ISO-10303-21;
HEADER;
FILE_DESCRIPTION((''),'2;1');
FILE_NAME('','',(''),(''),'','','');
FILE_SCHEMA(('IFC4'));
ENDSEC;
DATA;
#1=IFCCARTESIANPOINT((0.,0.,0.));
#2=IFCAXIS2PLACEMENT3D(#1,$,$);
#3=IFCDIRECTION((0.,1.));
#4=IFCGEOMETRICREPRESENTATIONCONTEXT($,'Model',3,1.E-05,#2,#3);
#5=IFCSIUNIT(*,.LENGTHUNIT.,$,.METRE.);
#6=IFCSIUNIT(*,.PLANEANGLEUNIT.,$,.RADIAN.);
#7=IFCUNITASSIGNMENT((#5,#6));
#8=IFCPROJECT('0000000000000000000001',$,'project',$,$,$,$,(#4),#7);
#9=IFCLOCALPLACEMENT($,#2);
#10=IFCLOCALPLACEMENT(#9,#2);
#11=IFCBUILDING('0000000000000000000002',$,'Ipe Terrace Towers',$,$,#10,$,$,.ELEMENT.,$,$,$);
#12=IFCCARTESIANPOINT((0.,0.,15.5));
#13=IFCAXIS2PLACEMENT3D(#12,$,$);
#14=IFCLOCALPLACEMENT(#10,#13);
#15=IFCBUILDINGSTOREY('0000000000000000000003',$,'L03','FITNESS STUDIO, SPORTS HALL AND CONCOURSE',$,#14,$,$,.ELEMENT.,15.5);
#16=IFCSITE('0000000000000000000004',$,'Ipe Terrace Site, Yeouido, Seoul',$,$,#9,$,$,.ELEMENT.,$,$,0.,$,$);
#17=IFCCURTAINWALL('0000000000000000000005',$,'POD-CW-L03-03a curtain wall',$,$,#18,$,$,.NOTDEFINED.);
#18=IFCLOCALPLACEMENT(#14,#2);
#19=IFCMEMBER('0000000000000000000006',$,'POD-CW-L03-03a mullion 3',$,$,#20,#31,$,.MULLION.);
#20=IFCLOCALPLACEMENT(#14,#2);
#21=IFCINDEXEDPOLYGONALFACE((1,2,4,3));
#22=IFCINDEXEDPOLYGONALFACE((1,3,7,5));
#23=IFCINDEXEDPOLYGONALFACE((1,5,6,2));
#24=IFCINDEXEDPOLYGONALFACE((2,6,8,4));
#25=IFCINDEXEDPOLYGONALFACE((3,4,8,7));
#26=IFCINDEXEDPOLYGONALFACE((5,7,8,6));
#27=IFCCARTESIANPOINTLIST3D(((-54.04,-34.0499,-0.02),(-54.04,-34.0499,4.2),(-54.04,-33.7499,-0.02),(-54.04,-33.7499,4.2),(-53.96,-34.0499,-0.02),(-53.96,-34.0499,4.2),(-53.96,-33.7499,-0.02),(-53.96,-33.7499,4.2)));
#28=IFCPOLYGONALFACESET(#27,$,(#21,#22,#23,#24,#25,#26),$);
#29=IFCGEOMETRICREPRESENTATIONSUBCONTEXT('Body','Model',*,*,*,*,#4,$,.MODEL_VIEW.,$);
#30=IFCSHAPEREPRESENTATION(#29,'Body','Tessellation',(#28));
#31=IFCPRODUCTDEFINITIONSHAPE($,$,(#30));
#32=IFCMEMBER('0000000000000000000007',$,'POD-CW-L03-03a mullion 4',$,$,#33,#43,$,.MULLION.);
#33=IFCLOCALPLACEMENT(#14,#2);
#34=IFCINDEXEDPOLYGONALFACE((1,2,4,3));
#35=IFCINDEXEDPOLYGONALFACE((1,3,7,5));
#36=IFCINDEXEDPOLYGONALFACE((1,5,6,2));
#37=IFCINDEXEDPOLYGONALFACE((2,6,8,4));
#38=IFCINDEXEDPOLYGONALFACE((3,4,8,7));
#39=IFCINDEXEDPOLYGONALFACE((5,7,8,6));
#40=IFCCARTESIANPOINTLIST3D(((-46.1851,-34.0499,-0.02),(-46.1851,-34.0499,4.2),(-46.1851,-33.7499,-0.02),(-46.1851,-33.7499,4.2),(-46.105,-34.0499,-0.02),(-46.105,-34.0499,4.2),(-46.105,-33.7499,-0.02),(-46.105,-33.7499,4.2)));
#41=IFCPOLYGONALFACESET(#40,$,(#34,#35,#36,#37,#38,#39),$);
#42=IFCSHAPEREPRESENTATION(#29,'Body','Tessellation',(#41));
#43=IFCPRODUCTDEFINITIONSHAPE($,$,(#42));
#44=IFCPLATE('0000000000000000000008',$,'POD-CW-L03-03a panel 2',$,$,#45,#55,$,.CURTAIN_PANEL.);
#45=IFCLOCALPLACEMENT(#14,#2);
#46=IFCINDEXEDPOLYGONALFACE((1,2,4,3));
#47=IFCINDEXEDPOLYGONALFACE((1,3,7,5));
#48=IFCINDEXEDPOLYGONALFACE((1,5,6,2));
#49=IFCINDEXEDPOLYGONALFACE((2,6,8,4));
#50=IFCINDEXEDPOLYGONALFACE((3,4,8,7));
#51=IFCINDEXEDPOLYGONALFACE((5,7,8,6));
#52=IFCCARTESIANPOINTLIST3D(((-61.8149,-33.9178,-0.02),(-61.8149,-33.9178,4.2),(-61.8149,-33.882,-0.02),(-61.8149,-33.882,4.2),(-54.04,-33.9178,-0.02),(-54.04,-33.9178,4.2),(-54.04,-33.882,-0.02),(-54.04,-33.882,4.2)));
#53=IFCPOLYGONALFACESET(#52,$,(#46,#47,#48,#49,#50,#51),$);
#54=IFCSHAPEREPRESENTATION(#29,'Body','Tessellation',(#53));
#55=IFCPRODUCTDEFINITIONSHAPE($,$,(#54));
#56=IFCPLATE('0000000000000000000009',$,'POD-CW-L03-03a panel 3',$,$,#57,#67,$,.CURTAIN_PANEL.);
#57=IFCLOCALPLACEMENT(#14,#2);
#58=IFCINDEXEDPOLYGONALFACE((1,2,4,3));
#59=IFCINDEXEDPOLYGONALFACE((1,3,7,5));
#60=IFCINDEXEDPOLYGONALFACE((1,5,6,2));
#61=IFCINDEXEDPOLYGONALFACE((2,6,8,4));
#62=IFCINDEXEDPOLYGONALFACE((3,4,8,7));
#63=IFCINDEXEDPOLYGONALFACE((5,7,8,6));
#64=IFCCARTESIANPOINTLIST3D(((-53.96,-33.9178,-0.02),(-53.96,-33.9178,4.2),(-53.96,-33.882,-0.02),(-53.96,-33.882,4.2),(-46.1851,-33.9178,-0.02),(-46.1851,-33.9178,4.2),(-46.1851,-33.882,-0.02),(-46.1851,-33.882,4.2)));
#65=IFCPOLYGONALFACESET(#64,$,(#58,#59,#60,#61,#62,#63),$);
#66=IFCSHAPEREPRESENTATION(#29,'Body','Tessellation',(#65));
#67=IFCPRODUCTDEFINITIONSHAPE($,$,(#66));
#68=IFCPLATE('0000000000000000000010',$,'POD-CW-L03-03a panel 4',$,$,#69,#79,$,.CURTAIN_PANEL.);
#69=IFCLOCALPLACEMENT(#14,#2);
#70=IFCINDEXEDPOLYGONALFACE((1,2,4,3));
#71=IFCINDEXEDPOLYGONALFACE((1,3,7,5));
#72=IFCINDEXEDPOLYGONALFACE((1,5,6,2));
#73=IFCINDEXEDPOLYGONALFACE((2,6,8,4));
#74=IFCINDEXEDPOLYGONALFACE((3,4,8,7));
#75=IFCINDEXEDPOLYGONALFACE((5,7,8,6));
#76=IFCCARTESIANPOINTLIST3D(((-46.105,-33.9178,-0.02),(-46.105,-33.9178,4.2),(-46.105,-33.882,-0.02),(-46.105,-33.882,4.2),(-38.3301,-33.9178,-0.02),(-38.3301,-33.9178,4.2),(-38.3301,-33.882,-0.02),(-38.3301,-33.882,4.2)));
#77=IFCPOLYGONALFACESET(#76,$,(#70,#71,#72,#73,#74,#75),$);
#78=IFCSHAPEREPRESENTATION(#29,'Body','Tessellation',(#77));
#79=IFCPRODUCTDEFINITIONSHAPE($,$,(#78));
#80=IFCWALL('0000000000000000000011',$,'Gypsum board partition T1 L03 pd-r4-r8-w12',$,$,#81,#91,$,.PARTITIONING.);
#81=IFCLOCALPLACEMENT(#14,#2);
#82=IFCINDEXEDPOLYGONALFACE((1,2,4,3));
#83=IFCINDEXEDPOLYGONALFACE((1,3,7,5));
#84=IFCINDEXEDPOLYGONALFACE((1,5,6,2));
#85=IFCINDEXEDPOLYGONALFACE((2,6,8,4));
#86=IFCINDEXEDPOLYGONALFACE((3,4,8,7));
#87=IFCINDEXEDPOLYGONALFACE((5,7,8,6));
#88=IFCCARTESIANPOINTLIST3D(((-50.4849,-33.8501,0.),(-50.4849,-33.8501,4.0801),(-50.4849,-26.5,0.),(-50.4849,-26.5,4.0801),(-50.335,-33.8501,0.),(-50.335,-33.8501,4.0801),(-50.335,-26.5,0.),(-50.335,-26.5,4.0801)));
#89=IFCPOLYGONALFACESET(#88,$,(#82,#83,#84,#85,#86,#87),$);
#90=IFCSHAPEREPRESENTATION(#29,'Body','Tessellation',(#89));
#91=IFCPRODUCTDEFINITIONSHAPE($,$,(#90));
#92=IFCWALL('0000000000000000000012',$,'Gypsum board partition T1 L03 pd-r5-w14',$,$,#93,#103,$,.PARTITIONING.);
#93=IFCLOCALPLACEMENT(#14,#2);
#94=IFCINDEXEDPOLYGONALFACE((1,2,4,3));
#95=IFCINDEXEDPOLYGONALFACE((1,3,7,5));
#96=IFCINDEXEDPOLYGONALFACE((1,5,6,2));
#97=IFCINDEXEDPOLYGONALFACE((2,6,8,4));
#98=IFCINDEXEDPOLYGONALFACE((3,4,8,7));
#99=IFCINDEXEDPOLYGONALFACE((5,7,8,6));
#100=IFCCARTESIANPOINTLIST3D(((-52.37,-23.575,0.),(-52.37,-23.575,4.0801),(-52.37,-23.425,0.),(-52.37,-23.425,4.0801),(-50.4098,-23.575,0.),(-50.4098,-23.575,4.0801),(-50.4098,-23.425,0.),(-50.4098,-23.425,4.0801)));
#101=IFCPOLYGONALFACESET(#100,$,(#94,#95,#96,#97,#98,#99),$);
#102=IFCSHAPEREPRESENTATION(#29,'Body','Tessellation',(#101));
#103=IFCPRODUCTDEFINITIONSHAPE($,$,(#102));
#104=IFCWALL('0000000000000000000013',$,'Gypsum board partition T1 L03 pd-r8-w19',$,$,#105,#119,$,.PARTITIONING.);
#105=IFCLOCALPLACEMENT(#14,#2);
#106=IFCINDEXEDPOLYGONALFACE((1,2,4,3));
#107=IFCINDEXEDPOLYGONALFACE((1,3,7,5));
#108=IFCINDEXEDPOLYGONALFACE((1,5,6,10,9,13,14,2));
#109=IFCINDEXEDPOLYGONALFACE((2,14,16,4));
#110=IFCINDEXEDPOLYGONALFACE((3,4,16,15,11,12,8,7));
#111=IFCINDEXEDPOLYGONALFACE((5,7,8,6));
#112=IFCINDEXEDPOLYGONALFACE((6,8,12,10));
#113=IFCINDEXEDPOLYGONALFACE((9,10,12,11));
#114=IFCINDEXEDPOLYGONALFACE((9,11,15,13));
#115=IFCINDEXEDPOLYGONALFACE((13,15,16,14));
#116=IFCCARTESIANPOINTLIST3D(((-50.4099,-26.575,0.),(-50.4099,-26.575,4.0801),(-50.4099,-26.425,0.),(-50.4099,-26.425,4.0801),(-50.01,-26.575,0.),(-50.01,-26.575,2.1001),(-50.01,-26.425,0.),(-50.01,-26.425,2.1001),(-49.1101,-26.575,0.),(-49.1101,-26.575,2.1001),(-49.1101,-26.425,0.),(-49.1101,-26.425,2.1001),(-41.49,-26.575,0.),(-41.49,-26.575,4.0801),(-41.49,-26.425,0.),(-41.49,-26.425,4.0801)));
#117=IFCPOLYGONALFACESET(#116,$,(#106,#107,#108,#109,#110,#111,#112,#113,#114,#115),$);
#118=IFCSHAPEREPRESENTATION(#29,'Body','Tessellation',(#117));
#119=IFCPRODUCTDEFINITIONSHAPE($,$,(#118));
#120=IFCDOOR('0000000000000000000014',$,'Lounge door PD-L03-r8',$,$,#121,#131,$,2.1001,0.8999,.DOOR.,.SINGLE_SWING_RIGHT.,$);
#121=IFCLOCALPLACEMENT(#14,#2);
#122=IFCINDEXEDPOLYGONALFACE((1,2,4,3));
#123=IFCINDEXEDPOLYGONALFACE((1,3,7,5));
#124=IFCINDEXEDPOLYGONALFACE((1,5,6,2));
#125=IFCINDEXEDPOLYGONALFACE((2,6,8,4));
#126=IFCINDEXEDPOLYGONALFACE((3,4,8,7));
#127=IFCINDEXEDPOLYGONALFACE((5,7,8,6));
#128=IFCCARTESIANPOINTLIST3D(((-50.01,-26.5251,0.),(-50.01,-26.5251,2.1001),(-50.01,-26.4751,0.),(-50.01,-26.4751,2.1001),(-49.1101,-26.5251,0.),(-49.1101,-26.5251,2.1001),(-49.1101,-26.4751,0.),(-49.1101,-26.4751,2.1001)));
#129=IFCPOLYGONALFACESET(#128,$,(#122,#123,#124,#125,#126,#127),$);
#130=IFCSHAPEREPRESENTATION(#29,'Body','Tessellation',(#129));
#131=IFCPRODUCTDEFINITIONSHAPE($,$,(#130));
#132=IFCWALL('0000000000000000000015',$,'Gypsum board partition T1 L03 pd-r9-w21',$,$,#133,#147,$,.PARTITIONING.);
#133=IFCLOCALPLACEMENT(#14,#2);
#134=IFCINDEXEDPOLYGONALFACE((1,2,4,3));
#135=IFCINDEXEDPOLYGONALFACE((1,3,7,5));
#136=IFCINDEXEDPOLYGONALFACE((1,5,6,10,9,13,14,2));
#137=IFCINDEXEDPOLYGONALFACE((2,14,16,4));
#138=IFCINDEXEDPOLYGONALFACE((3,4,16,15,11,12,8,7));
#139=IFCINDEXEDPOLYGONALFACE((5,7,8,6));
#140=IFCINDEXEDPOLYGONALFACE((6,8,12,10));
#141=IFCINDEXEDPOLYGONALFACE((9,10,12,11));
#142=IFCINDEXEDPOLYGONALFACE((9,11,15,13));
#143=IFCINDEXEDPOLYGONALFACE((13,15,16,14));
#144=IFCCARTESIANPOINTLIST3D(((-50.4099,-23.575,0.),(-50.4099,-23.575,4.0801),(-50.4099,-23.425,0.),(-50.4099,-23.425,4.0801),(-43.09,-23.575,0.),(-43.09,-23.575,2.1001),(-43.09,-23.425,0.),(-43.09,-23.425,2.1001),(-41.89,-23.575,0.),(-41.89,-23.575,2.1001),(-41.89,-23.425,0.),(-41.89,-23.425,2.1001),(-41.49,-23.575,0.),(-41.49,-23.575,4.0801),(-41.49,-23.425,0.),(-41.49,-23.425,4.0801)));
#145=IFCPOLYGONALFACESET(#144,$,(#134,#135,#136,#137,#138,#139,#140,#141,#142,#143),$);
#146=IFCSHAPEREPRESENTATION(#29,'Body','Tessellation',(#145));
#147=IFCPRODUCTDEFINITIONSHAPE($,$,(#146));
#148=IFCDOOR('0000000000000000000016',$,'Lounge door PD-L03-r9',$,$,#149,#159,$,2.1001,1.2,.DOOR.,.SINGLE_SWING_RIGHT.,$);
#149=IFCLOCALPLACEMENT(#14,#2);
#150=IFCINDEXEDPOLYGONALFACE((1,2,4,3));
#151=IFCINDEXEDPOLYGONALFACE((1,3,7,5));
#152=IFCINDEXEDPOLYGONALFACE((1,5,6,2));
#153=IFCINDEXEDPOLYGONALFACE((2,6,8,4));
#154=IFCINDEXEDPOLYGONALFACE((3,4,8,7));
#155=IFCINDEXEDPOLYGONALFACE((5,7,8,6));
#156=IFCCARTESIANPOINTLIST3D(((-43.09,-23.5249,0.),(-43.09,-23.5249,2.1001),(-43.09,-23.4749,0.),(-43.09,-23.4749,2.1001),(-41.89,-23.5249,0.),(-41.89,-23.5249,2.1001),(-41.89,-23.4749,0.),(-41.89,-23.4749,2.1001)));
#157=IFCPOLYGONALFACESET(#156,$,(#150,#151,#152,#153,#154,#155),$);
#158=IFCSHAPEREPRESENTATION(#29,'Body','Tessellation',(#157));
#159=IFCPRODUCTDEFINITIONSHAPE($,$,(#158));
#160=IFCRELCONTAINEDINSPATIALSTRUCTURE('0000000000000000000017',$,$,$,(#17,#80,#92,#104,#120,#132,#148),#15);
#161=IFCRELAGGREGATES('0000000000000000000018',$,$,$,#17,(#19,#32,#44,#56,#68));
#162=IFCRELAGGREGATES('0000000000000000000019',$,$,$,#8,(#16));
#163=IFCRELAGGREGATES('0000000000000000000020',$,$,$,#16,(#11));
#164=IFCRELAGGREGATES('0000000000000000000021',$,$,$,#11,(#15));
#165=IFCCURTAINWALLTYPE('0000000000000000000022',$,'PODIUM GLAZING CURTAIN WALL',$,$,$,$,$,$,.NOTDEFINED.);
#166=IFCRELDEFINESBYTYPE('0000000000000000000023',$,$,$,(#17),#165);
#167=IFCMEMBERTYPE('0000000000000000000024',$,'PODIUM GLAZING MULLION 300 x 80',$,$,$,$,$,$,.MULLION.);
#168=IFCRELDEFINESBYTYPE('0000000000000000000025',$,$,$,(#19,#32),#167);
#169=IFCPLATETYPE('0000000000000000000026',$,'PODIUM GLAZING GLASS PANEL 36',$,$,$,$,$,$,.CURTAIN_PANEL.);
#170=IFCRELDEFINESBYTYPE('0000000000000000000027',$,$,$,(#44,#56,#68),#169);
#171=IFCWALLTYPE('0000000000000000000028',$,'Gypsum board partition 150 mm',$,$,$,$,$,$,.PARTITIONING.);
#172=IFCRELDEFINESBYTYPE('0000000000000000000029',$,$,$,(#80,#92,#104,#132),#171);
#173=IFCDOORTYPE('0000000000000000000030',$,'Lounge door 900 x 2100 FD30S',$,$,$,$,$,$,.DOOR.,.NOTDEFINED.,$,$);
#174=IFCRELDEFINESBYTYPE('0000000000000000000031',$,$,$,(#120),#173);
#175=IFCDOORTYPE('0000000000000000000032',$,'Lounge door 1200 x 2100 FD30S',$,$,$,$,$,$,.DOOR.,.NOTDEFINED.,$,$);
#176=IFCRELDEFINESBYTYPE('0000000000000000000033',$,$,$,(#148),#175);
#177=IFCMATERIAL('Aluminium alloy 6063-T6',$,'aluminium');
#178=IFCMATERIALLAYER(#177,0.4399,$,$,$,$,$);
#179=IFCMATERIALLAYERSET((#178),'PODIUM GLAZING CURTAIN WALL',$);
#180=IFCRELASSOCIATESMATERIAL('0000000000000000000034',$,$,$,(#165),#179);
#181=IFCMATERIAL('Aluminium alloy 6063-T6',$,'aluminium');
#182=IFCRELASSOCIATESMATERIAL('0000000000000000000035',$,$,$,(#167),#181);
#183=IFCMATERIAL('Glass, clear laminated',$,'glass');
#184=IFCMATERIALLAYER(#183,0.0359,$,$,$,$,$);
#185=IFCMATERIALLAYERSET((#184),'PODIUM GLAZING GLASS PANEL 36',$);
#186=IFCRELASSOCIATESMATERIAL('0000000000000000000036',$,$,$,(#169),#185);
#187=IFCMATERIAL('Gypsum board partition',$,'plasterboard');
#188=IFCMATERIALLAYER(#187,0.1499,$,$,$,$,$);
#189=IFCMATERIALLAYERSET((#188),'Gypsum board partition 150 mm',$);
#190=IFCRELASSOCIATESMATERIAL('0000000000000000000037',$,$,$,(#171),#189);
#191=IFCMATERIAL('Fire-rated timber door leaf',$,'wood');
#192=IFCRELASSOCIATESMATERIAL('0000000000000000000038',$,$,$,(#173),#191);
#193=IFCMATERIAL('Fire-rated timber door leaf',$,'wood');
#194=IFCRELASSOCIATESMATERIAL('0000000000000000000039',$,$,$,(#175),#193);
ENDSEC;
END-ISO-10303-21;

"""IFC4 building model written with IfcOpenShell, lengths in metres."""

from ifc_helpers import new_model, si_unit, direction, frame, frame_2d, origin, origin_2d, place, context, subcontext, project, spatial, rectangle, extrude, material, layer, layer_set, material_profile, profile_set, type_object, element, fill, aggregate, save


model = new_model("IFC4")

# Units and contexts
model_context = context("Model", 3, precision=1e-05, world=origin(), true_north=direction((0.0, 1.0)))
body_context = subcontext(model_context, "Body", "Model", "MODEL_VIEW")
ifc_project = project(units=[si_unit("LENGTHUNIT", "METRE"), si_unit("PLANEANGLEUNIT", "RADIAN")], contexts=[model_context])

# Site, building, storey
site_placement = place(None, origin())
site = spatial("IfcSite", under=ifc_project, at=site_placement, Name="Ipe Terrace Site, Yeouido, Seoul", CompositionType="ELEMENT", RefElevation=0.0)
building_placement = place(site_placement, origin())
building = spatial("IfcBuilding", under=site, at=building_placement, Name="Ipe Terrace Towers", CompositionType="ELEMENT")
storey_placement = place(building_placement, frame((0.0, 0.0, 15.5)))
storey = spatial("IfcBuildingStorey", under=building, at=storey_placement, Name="L03", Description="FITNESS STUDIO, SPORTS HALL AND CONCOURSE", CompositionType="ELEMENT", Elevation=15.5)

# Curtain wall, members, plates
ifc_material_1 = material(Name="Aluminium alloy 6063-T6", Category="aluminium")
ifc_layer_1 = layer(ifc_material_1, 0.4399)
ifc_layer_set_1 = layer_set([ifc_layer_1], Name="PODIUM GLAZING CURTAIN WALL")
curtain_wall_type = type_object("IfcCurtainWallType", Name="PODIUM GLAZING CURTAIN WALL", PredefinedType="NOTDEFINED", material=ifc_layer_set_1)
curtain_wall_placement = place(storey_placement, origin())
curtain_wall = element("IfcCurtainWall", 1, at=curtain_wall_placement, inside=storey, type_object=curtain_wall_type, Name="POD-CW-L03-03a curtain wall", PredefinedType="NOTDEFINED")
ifc_material_2 = material(Name="Aluminium alloy 6063-T6", Category="aluminium")
ifc_material_profile_1 = material_profile(ifc_material_2, rectangle(XDim=0.3, YDim=0.0801, at=origin_2d()), Name="PODIUM GLAZING MULLION 300 x 80")
ifc_profile_set_1 = profile_set([ifc_material_profile_1], Name="Aluminium alloy 6063-T6")
member_type = type_object("IfcMemberType", Name="PODIUM GLAZING MULLION 300 x 80", PredefinedType="MULLION", material=ifc_profile_set_1)
member_1_placement = place(storey_placement, frame((-54.0, -33.8999, -0.02), z_axis=(0.0, 0.0, 1.0), x_axis=(0.0, -1.0, 0.0)))
member_1 = element("IfcMember", 2, at=member_1_placement, type_object=member_type, Name="POD-CW-L03-03a mullion 3", PredefinedType="MULLION", context=body_context, shape_type="SweptSolid", body=[
    extrude(rectangle(XDim=0.3, YDim=0.0801, at=origin_2d()), origin(), (0.0, 0.0, 1.0), 4.22),
])
member_2_placement = place(storey_placement, frame((-46.145, -33.8999, -0.02), z_axis=(0.0, 0.0, 1.0), x_axis=(0.0, -1.0, 0.0)))
member_2 = element("IfcMember", 3, at=member_2_placement, type_object=member_type, Name="POD-CW-L03-03a mullion 4", PredefinedType="MULLION", context=body_context, shape_type="SweptSolid", body=[
    extrude(rectangle(XDim=0.3, YDim=0.0801, at=origin_2d()), origin(), (0.0, 0.0, 1.0), 4.22),
])
ifc_material_3 = material(Name="Glass, clear laminated", Category="glass")
ifc_layer_2 = layer(ifc_material_3, 0.0359)
ifc_layer_set_2 = layer_set([ifc_layer_2], Name="PODIUM GLAZING GLASS PANEL 36")
plate_type = type_object("IfcPlateType", Name="PODIUM GLAZING GLASS PANEL 36", PredefinedType="CURTAIN_PANEL", material=ifc_layer_set_2)
plate_1_placement = place(storey_placement, frame((-57.9275, -33.8999, -0.02), z_axis=(0.0, 0.0, 1.0), x_axis=(1.0, 0.0, 0.0)))
plate_1 = element("IfcPlate", 4, at=plate_1_placement, type_object=plate_type, Name="POD-CW-L03-03a panel 2", PredefinedType="CURTAIN_PANEL", context=body_context, shape_type="SweptSolid", body=[
    extrude(rectangle(XDim=7.7749, YDim=0.0359, at=origin_2d()), origin(), (0.0, 0.0, 1.0), 4.22),
])
plate_2_placement = place(storey_placement, frame((-50.0725, -33.8999, -0.02), z_axis=(0.0, 0.0, 1.0), x_axis=(1.0, 0.0, 0.0)))
plate_2 = element("IfcPlate", 5, at=plate_2_placement, type_object=plate_type, Name="POD-CW-L03-03a panel 3", PredefinedType="CURTAIN_PANEL", context=body_context, shape_type="SweptSolid", body=[
    extrude(rectangle(XDim=7.7749, YDim=0.0359, at=origin_2d()), origin(), (0.0, 0.0, 1.0), 4.22),
])
plate_3_placement = place(storey_placement, frame((-42.2175, -33.8999, -0.02), z_axis=(0.0, 0.0, 1.0), x_axis=(1.0, 0.0, 0.0)))
plate_3 = element("IfcPlate", 6, at=plate_3_placement, type_object=plate_type, Name="POD-CW-L03-03a panel 4", PredefinedType="CURTAIN_PANEL", context=body_context, shape_type="SweptSolid", body=[
    extrude(rectangle(XDim=7.7749, YDim=0.0359, at=origin_2d()), origin(), (0.0, 0.0, 1.0), 4.22),
])
aggregate(curtain_wall, [member_1, member_2, plate_1, plate_2, plate_3])

# Walls
ifc_material_4 = material(Name="Gypsum board partition", Category="plasterboard")
ifc_layer_3 = layer(ifc_material_4, 0.1499)
ifc_layer_set_3 = layer_set([ifc_layer_3], Name="Gypsum board partition 150 mm")
wall_type_1 = type_object("IfcWallType", Name="Gypsum board partition 150 mm", PredefinedType="PARTITIONING", material=ifc_layer_set_3)
wall_1_placement = place(storey_placement, frame((-50.4099, -26.5, 0.0), z_axis=(0.0, 0.0, 1.0), x_axis=(0.0, -1.0, 0.0)))
element("IfcWall", 7, at=wall_1_placement, inside=storey, type_object=wall_type_1, Name="Gypsum board partition T1 L03 pd-r4-r8-w12", PredefinedType="PARTITIONING", context=body_context, shape_type="SweptSolid", body=[
    extrude(rectangle(XDim=7.3501, YDim=0.1499, at=frame_2d((3.675, 0.0))), origin(), (0.0, 0.0, 1.0), 4.0801),
])
wall_2_placement = place(storey_placement, frame((-50.4099, -23.5, 0.0), z_axis=(0.0, 0.0, 1.0), x_axis=(-1.0, 0.0, 0.0)))
element("IfcWall", 8, at=wall_2_placement, inside=storey, type_object=wall_type_1, Name="Gypsum board partition T1 L03 pd-r5-w14", PredefinedType="PARTITIONING", context=body_context, shape_type="SweptSolid", body=[
    extrude(rectangle(XDim=1.9602, YDim=0.1499, at=frame_2d((0.98, 0.0))), origin(), (0.0, 0.0, 1.0), 4.0801),
])

# Walls, openings, doors
wall_3_placement = place(storey_placement, frame((-50.4099, -26.5, 0.0), z_axis=(0.0, 0.0, 1.0), x_axis=(1.0, 0.0, 0.0)))
wall_3 = element("IfcWall", 9, at=wall_3_placement, inside=storey, type_object=wall_type_1, Name="Gypsum board partition T1 L03 pd-r8-w19", PredefinedType="PARTITIONING", context=body_context, shape_type="SweptSolid", body=[
    extrude(rectangle(XDim=8.9199, YDim=0.1499, at=frame_2d((4.46, 0.0))), origin(), (0.0, 0.0, 1.0), 4.0801),
])
opening_1_placement = place(wall_3_placement, frame((0.3999, 0.0, 0.0)))
opening_1 = element("IfcOpeningElement", 10, at=opening_1_placement, cuts=wall_3, PredefinedType="OPENING", context=body_context, shape_type="SweptSolid", body=[
    extrude(rectangle(XDim=0.8999, YDim=2.1001, at=frame_2d((0.45, 1.05))), frame((0.0, 0.085, 0.0), z_axis=(0.0, -1.0, 0.0), x_axis=(1.0, 0.0, 0.0)), (0.0, 0.0, 1.0), 0.1699),
])
ifc_material_5 = material(Name="Fire-rated timber door leaf", Category="wood")
door_type_1 = type_object("IfcDoorType", Name="Lounge door 900 x 2100 FD30S", OperationType="NOTDEFINED", PredefinedType="DOOR", material=ifc_material_5)
door_1_placement = place(opening_1_placement, origin())
door_1 = element("IfcDoor", 11, at=door_1_placement, inside=storey, type_object=door_type_1, Name="Lounge door PD-L03-r8", OperationType="SINGLE_SWING_RIGHT", OverallHeight=2.1001, OverallWidth=0.8999, PredefinedType="DOOR", context=body_context, shape_type="SweptSolid", body=[
    extrude(rectangle(XDim=0.8999, YDim=2.1001, at=frame_2d((0.45, 1.05))), frame((0.0, 0.0249, 0.0), z_axis=(0.0, -1.0, 0.0), x_axis=(1.0, 0.0, 0.0)), (0.0, 0.0, 1.0), 0.05),
])
fill(opening_1, door_1)
wall_4_placement = place(storey_placement, frame((-41.49, -23.5, 0.0), z_axis=(0.0, 0.0, 1.0), x_axis=(-1.0, 0.0, 0.0)))
wall_4 = element("IfcWall", 12, at=wall_4_placement, inside=storey, type_object=wall_type_1, Name="Gypsum board partition T1 L03 pd-r9-w21", PredefinedType="PARTITIONING", context=body_context, shape_type="SweptSolid", body=[
    extrude(rectangle(XDim=8.9199, YDim=0.1499, at=frame_2d((4.46, 0.0))), origin(), (0.0, 0.0, 1.0), 4.0801),
])
opening_2_placement = place(wall_4_placement, frame((0.3999, 0.0, 0.0)))
opening_2 = element("IfcOpeningElement", 13, at=opening_2_placement, cuts=wall_4, PredefinedType="OPENING", context=body_context, shape_type="SweptSolid", body=[
    extrude(rectangle(XDim=1.2, YDim=2.1001, at=frame_2d((0.6001, 1.05))), frame((0.0, 0.085, 0.0), z_axis=(0.0, -1.0, 0.0), x_axis=(1.0, 0.0, 0.0)), (0.0, 0.0, 1.0), 0.1699),
])
ifc_material_6 = material(Name="Fire-rated timber door leaf", Category="wood")
door_type_2 = type_object("IfcDoorType", Name="Lounge door 1200 x 2100 FD30S", OperationType="NOTDEFINED", PredefinedType="DOOR", material=ifc_material_6)
door_2_placement = place(opening_2_placement, origin())
door_2 = element("IfcDoor", 14, at=door_2_placement, inside=storey, type_object=door_type_2, Name="Lounge door PD-L03-r9", OperationType="SINGLE_SWING_RIGHT", OverallHeight=2.1001, OverallWidth=1.2, PredefinedType="DOOR", context=body_context, shape_type="SweptSolid", body=[
    extrude(rectangle(XDim=1.2, YDim=2.1001, at=frame_2d((0.6001, 1.05))), frame((0.0, 0.0249, 0.0), z_axis=(0.0, -1.0, 0.0), x_axis=(1.0, 0.0, 0.0)), (0.0, 0.0, 1.0), 0.05),
])
fill(opening_2, door_2)

save(model, "model.ifc")
